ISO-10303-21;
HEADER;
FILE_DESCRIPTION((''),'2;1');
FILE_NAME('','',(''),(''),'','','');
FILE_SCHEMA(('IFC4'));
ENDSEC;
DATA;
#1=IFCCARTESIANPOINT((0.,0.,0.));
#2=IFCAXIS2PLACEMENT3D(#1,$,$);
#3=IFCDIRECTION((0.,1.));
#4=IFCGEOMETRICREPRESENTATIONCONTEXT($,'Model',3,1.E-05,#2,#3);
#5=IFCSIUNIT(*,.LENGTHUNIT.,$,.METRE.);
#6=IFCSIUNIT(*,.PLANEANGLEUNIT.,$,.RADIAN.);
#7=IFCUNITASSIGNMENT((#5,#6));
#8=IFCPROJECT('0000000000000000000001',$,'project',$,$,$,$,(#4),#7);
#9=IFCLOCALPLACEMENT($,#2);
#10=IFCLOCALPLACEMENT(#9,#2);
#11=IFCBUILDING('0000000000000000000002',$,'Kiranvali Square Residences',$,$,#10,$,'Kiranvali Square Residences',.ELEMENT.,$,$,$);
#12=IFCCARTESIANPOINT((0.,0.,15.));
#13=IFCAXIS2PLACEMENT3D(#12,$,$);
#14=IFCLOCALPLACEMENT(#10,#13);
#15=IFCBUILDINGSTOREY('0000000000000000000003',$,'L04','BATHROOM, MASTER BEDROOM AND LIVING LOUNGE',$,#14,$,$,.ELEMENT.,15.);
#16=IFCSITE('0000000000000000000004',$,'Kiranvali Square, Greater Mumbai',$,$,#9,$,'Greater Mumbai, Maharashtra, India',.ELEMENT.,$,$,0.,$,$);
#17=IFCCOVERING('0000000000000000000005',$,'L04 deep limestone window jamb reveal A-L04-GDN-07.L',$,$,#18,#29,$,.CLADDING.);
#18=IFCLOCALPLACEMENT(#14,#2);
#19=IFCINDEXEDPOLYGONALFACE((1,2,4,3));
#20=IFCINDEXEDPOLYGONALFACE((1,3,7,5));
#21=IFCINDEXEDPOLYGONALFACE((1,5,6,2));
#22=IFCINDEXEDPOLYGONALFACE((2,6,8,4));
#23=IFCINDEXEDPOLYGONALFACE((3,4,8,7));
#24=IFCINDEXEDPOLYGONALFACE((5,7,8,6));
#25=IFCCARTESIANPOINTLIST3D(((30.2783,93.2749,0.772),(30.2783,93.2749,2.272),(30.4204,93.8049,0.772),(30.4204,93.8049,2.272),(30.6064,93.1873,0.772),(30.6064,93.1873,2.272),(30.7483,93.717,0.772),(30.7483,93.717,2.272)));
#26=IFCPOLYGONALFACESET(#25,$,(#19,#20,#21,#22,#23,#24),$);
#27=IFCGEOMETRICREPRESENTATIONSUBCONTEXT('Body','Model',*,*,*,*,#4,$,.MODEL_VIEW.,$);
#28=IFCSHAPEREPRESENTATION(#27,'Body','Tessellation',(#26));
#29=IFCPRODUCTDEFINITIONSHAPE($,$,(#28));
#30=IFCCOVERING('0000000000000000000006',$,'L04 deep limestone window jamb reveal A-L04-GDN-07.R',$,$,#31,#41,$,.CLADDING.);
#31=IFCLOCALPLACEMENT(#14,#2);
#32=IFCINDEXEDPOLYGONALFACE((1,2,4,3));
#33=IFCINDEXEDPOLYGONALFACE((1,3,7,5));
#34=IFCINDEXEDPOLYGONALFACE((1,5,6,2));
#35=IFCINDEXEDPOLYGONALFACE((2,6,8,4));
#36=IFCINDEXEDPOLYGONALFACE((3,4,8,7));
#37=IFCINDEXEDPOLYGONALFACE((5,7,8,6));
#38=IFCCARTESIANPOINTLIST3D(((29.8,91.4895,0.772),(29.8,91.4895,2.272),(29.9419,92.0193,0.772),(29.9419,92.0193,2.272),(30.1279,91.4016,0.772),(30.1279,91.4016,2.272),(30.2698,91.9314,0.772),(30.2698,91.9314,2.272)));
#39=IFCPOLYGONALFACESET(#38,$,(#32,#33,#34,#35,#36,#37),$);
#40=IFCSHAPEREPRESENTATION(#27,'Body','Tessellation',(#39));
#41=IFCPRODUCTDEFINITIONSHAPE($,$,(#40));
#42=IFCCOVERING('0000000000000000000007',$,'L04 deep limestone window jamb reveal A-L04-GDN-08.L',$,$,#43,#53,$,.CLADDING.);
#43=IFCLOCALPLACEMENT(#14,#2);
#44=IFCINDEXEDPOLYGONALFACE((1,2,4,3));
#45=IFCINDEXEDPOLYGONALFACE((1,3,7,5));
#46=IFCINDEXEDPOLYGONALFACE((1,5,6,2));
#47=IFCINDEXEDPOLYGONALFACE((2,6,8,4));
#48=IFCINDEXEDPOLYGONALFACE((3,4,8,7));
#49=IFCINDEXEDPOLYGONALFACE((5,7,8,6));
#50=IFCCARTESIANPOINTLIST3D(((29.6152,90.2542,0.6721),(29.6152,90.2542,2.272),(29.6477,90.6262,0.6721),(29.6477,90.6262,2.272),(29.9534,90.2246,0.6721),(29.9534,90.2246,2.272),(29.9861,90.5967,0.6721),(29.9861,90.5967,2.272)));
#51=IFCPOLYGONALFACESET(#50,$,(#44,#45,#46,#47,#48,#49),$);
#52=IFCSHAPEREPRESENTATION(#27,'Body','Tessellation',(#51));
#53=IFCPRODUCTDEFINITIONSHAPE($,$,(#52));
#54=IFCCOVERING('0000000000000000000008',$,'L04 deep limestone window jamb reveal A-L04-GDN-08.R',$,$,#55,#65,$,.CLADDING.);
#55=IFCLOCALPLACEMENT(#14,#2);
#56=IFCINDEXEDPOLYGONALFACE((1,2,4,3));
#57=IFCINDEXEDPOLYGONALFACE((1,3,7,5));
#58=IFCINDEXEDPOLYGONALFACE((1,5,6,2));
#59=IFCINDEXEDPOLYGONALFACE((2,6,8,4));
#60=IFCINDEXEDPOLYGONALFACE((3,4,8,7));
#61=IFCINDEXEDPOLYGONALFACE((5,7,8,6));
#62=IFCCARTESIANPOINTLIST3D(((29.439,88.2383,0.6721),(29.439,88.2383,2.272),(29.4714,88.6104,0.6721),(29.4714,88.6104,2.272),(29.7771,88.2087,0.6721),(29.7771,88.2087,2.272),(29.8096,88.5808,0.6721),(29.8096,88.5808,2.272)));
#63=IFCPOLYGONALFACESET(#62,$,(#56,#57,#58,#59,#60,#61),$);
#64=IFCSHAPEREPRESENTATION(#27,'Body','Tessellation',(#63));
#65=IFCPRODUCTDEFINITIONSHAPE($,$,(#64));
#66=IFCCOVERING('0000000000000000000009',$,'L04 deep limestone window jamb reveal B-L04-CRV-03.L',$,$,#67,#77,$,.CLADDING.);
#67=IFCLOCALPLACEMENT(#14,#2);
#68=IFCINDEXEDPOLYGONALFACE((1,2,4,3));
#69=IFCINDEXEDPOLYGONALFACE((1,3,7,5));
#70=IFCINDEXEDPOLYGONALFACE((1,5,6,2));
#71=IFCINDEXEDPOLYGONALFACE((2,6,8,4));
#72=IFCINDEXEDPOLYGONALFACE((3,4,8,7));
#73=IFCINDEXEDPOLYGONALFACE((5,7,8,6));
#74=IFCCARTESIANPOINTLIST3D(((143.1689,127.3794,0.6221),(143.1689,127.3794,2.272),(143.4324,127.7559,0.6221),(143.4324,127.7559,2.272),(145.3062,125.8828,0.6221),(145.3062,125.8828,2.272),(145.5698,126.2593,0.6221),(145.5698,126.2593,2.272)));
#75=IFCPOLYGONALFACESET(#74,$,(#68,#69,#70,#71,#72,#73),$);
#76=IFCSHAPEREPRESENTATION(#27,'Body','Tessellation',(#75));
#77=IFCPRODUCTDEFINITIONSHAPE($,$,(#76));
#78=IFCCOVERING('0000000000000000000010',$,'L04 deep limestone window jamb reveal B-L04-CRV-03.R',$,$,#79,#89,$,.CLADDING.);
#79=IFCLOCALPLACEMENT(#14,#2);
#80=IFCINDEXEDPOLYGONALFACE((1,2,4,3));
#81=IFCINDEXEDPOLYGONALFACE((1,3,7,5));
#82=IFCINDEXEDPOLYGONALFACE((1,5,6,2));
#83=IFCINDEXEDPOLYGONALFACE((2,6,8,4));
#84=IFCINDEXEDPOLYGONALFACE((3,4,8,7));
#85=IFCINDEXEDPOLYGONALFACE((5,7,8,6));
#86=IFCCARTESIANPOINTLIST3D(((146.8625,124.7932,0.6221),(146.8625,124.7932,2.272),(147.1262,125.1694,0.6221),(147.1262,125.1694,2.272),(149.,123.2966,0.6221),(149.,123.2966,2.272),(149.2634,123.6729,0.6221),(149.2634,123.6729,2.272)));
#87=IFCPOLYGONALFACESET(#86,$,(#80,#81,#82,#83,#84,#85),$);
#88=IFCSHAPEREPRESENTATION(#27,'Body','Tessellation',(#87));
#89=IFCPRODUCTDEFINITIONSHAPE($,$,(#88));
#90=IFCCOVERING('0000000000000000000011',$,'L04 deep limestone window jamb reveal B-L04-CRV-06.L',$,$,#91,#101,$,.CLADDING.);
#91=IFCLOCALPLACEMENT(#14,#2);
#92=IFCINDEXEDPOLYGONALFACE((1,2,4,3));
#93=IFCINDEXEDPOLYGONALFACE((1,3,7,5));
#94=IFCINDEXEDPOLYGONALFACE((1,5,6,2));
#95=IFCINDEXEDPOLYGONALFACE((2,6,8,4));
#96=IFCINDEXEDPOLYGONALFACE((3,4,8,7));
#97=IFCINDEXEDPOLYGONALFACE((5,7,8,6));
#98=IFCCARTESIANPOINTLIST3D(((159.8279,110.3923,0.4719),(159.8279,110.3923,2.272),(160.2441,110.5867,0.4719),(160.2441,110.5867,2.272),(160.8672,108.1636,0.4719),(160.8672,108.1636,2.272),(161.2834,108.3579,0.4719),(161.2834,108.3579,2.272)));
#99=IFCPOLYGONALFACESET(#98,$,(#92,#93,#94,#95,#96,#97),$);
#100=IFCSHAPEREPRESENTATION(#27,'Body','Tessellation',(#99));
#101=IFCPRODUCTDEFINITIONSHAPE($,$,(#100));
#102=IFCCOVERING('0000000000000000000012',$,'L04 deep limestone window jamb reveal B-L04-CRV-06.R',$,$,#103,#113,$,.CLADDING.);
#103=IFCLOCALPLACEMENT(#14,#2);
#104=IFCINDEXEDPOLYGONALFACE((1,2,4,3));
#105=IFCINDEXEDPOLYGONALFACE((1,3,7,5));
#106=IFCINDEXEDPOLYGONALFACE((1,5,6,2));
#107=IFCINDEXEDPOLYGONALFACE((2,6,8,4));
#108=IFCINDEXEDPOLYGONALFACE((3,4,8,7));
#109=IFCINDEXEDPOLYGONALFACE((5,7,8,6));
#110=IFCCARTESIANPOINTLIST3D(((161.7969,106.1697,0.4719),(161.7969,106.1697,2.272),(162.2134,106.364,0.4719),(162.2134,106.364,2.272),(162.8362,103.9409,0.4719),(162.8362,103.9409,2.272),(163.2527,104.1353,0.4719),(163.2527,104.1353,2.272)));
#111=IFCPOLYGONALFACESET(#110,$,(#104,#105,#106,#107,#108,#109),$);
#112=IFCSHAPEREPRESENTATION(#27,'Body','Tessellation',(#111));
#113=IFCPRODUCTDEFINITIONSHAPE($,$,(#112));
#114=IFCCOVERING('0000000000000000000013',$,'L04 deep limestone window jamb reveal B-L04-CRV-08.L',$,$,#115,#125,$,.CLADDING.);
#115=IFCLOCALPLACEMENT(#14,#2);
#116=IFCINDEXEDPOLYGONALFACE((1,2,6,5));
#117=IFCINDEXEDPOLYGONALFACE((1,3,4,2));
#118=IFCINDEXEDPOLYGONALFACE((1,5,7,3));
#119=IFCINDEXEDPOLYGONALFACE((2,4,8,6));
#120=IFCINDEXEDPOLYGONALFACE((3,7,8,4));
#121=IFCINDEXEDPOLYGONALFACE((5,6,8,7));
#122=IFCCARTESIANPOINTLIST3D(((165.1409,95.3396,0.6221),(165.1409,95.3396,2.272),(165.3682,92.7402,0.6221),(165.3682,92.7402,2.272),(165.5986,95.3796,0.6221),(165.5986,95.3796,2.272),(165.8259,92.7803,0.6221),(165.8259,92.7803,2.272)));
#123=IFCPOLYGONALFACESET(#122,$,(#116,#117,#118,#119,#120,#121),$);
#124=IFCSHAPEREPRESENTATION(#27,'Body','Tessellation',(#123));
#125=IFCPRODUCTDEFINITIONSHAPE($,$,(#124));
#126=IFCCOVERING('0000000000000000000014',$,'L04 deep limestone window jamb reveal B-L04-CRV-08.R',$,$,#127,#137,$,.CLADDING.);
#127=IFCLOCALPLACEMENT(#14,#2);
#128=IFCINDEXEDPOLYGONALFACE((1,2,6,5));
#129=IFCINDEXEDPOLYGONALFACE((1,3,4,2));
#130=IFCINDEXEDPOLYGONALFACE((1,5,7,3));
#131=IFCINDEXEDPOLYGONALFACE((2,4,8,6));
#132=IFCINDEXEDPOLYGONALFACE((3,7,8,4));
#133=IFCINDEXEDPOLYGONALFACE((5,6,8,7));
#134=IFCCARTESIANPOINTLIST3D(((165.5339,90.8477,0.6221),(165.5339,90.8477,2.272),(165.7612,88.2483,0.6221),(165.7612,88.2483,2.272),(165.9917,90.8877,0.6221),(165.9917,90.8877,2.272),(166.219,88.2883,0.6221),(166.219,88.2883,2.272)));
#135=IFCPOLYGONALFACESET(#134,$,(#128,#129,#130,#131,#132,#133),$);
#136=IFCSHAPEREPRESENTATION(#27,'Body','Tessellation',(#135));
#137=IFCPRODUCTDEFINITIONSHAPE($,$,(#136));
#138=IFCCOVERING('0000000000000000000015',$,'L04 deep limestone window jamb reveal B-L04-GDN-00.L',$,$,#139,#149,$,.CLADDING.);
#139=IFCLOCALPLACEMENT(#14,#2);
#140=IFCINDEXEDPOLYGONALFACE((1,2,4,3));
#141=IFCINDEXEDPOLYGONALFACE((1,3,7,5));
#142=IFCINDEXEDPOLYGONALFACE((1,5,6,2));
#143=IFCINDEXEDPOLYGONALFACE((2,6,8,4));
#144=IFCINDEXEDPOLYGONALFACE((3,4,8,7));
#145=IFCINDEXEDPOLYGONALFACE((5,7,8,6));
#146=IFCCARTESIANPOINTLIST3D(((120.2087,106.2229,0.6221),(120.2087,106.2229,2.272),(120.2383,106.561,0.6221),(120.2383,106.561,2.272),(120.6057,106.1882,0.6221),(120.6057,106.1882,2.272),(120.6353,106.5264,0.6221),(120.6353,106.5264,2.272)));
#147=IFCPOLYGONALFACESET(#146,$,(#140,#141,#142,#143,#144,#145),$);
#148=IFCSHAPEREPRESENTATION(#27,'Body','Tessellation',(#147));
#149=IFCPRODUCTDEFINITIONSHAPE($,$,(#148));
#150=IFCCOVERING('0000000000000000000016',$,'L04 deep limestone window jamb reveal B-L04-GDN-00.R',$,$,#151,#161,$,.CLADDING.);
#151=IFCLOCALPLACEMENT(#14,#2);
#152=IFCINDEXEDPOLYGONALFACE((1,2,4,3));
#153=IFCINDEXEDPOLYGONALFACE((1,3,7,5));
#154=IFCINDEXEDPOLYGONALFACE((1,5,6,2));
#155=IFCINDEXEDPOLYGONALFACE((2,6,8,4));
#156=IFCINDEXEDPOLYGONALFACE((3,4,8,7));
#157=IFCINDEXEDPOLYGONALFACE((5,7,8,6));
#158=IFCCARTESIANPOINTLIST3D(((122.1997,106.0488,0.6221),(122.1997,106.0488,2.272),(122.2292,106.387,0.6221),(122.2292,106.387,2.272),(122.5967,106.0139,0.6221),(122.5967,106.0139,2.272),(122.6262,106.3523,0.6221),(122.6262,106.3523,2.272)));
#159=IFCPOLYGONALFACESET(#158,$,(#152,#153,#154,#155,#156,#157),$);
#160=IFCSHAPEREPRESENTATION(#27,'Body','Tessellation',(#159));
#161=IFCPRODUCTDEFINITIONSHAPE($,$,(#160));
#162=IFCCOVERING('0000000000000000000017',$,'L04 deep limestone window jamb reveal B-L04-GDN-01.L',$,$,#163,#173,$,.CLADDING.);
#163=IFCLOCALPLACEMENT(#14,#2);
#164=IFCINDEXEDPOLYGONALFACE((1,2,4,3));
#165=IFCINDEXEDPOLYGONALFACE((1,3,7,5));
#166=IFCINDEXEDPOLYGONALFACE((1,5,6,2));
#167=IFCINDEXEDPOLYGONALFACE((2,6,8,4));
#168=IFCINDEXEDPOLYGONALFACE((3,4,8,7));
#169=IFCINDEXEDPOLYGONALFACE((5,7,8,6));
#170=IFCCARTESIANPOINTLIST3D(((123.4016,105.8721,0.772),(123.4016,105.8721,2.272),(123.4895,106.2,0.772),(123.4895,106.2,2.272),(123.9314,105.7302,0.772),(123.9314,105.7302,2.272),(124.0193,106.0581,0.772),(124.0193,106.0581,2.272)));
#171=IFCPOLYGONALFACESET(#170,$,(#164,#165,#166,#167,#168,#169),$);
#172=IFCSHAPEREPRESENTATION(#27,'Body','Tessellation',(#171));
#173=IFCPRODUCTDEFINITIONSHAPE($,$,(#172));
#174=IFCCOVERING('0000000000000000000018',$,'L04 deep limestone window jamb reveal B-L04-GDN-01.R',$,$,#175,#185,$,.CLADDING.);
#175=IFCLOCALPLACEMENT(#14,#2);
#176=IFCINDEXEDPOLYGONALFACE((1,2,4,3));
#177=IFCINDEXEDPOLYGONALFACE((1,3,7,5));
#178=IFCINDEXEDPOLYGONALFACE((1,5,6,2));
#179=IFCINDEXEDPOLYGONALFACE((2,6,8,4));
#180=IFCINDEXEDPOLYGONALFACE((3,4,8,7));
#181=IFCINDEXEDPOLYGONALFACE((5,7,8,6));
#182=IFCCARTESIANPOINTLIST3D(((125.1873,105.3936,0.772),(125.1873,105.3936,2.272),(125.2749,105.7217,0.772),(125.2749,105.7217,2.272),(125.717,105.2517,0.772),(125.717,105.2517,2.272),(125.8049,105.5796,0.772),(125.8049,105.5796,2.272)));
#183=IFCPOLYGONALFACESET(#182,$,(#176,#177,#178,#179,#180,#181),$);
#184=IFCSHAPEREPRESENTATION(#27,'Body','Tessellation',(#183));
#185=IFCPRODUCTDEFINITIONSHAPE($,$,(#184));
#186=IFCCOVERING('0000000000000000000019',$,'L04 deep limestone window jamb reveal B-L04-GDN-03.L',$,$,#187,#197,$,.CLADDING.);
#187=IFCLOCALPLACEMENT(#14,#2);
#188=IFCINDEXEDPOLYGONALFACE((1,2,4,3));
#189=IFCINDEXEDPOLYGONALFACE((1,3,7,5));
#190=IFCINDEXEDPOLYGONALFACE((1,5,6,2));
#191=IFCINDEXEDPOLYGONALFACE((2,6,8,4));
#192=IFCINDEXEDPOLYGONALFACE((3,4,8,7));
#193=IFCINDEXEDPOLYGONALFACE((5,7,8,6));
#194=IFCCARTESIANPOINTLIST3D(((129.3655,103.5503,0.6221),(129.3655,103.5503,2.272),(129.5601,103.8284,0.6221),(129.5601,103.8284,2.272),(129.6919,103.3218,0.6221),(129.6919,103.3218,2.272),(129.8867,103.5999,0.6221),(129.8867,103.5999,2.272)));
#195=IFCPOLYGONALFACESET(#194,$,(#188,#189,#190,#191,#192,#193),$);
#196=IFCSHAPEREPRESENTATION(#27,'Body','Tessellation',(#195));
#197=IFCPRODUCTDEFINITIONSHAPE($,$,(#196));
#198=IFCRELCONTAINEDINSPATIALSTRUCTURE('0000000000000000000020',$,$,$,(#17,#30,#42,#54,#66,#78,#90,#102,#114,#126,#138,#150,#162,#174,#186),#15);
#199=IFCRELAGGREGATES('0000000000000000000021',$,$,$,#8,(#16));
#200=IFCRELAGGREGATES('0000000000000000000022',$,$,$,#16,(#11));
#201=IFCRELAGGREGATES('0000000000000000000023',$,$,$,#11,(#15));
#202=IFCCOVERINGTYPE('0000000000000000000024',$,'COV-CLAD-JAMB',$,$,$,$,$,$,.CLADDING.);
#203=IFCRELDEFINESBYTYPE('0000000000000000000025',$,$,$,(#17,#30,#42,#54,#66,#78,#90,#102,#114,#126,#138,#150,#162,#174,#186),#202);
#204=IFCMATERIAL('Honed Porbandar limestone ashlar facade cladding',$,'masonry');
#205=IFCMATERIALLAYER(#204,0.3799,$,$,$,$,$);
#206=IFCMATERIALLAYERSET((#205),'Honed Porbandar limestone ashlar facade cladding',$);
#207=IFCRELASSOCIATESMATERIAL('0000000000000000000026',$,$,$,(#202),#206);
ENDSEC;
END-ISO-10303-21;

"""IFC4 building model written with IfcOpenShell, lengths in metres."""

from ifc_helpers import new_model, si_unit, direction, frame, origin, place, context, subcontext, project, spatial, polyline, outline, extrude, material, layer, layer_set, type_object, element, save


model = new_model("IFC4")

# Units and contexts
model_context = context("Model", 3, precision=1e-05, world=origin(), true_north=direction((0.0, 1.0)))
body_context = subcontext(model_context, "Body", "Model", "MODEL_VIEW")
ifc_project = project(units=[si_unit("LENGTHUNIT", "METRE"), si_unit("PLANEANGLEUNIT", "RADIAN")], contexts=[model_context])

# Site, building, storey
site_placement = place(None, origin())
site = spatial("IfcSite", under=ifc_project, at=site_placement, Name="Kiranvali Square, Greater Mumbai", LongName="Greater Mumbai, Maharashtra, India", CompositionType="ELEMENT", RefElevation=0.0)
building_placement = place(site_placement, origin())
building = spatial("IfcBuilding", under=site, at=building_placement, Name="Kiranvali Square Residences", LongName="Kiranvali Square Residences", CompositionType="ELEMENT")
storey_placement = place(building_placement, frame((0.0, 0.0, 15.0)))
storey = spatial("IfcBuildingStorey", under=building, at=storey_placement, Name="L04", Description="BATHROOM, MASTER BEDROOM AND LIVING LOUNGE", CompositionType="ELEMENT", Elevation=15.0)

# Coverings
ifc_material = material(Name="Honed Porbandar limestone ashlar facade cladding", Category="masonry")
ifc_layer = layer(ifc_material, 0.3799)
ifc_layer_set = layer_set([ifc_layer], Name="Honed Porbandar limestone ashlar facade cladding")
covering_type = type_object("IfcCoveringType", Name="COV-CLAD-JAMB", PredefinedType="CLADDING", material=ifc_layer_set)
covering_1_placement = place(storey_placement, frame((0.0, 0.0, 0.772)))
element("IfcCovering", 1, at=covering_1_placement, inside=storey, type_object=covering_type, Name="L04 deep limestone window jamb reveal A-L04-GDN-07.L", PredefinedType="CLADDING", context=body_context, shape_type="SweptSolid", body=[
    extrude(outline(polyline([(30.4204, 93.8049), (30.2783, 93.2749), (30.6064, 93.1873), (30.7483, 93.717), (30.4204, 93.8049)])), origin(), (0.0, 0.0, 1.0), 1.5),
])
covering_2_placement = place(storey_placement, frame((0.0, 0.0, 0.772)))
element("IfcCovering", 2, at=covering_2_placement, inside=storey, type_object=covering_type, Name="L04 deep limestone window jamb reveal A-L04-GDN-07.R", PredefinedType="CLADDING", context=body_context, shape_type="SweptSolid", body=[
    extrude(outline(polyline([(29.9419, 92.0193), (29.8, 91.4895), (30.1279, 91.4016), (30.2698, 91.9314), (29.9419, 92.0193)])), origin(), (0.0, 0.0, 1.0), 1.5),
])
covering_3_placement = place(storey_placement, frame((0.0, 0.0, 0.6721)))
element("IfcCovering", 3, at=covering_3_placement, inside=storey, type_object=covering_type, Name="L04 deep limestone window jamb reveal A-L04-GDN-08.L", PredefinedType="CLADDING", context=body_context, shape_type="SweptSolid", body=[
    extrude(outline(polyline([(29.6477, 90.6262), (29.6152, 90.2542), (29.9534, 90.2246), (29.9861, 90.5967), (29.6477, 90.6262)])), origin(), (0.0, 0.0, 1.0), 1.5999),
])
covering_4_placement = place(storey_placement, frame((0.0, 0.0, 0.6721)))
element("IfcCovering", 4, at=covering_4_placement, inside=storey, type_object=covering_type, Name="L04 deep limestone window jamb reveal A-L04-GDN-08.R", PredefinedType="CLADDING", context=body_context, shape_type="SweptSolid", body=[
    extrude(outline(polyline([(29.4714, 88.6104), (29.439, 88.2383), (29.7771, 88.2087), (29.8096, 88.5808), (29.4714, 88.6104)])), origin(), (0.0, 0.0, 1.0), 1.5999),
])
covering_5_placement = place(storey_placement, frame((0.0, 0.0, 0.6221)))
element("IfcCovering", 5, at=covering_5_placement, inside=storey, type_object=covering_type, Name="L04 deep limestone window jamb reveal B-L04-CRV-03.L", PredefinedType="CLADDING", context=body_context, shape_type="SweptSolid", body=[
    extrude(outline(polyline([(143.1689, 127.3794), (145.3062, 125.8828), (145.5698, 126.2593), (143.4324, 127.7559), (143.1689, 127.3794)])), origin(), (0.0, 0.0, 1.0), 1.6499),
])
covering_6_placement = place(storey_placement, frame((0.0, 0.0, 0.6221)))
element("IfcCovering", 6, at=covering_6_placement, inside=storey, type_object=covering_type, Name="L04 deep limestone window jamb reveal B-L04-CRV-03.R", PredefinedType="CLADDING", context=body_context, shape_type="SweptSolid", body=[
    extrude(outline(polyline([(146.8625, 124.7932), (149.0, 123.2966), (149.2634, 123.6729), (147.1262, 125.1694), (146.8625, 124.7932)])), origin(), (0.0, 0.0, 1.0), 1.6499),
])
covering_7_placement = place(storey_placement, frame((0.0, 0.0, 0.4719)))
element("IfcCovering", 7, at=covering_7_placement, inside=storey, type_object=covering_type, Name="L04 deep limestone window jamb reveal B-L04-CRV-06.L", PredefinedType="CLADDING", context=body_context, shape_type="SweptSolid", body=[
    extrude(outline(polyline([(159.8279, 110.3923), (160.8672, 108.1636), (161.2834, 108.3579), (160.2441, 110.5867), (159.8279, 110.3923)])), origin(), (0.0, 0.0, 1.0), 1.8),
])
covering_8_placement = place(storey_placement, frame((0.0, 0.0, 0.4719)))
element("IfcCovering", 8, at=covering_8_placement, inside=storey, type_object=covering_type, Name="L04 deep limestone window jamb reveal B-L04-CRV-06.R", PredefinedType="CLADDING", context=body_context, shape_type="SweptSolid", body=[
    extrude(outline(polyline([(161.7969, 106.1697), (162.8362, 103.9409), (163.2527, 104.1353), (162.2134, 106.364), (161.7969, 106.1697)])), origin(), (0.0, 0.0, 1.0), 1.8),
])
covering_9_placement = place(storey_placement, frame((0.0, 0.0, 0.6221)))
element("IfcCovering", 9, at=covering_9_placement, inside=storey, type_object=covering_type, Name="L04 deep limestone window jamb reveal B-L04-CRV-08.L", PredefinedType="CLADDING", context=body_context, shape_type="SweptSolid", body=[
    extrude(outline(polyline([(165.1409, 95.3396), (165.3682, 92.7402), (165.8259, 92.7803), (165.5986, 95.3796), (165.1409, 95.3396)])), origin(), (0.0, 0.0, 1.0), 1.6499),
])
covering_10_placement = place(storey_placement, frame((0.0, 0.0, 0.6221)))
element("IfcCovering", 10, at=covering_10_placement, inside=storey, type_object=covering_type, Name="L04 deep limestone window jamb reveal B-L04-CRV-08.R", PredefinedType="CLADDING", context=body_context, shape_type="SweptSolid", body=[
    extrude(outline(polyline([(165.5339, 90.8477), (165.7612, 88.2483), (166.219, 88.2883), (165.9917, 90.8877), (165.5339, 90.8477)])), origin(), (0.0, 0.0, 1.0), 1.6499),
])
covering_11_placement = place(storey_placement, frame((0.0, 0.0, 0.6221)))
element("IfcCovering", 11, at=covering_11_placement, inside=storey, type_object=covering_type, Name="L04 deep limestone window jamb reveal B-L04-GDN-00.L", PredefinedType="CLADDING", context=body_context, shape_type="SweptSolid", body=[
    extrude(outline(polyline([(120.2087, 106.2229), (120.6057, 106.1882), (120.6353, 106.5264), (120.2383, 106.561), (120.2087, 106.2229)])), origin(), (0.0, 0.0, 1.0), 1.6499),
])
covering_12_placement = place(storey_placement, frame((0.0, 0.0, 0.6221)))
element("IfcCovering", 12, at=covering_12_placement, inside=storey, type_object=covering_type, Name="L04 deep limestone window jamb reveal B-L04-GDN-00.R", PredefinedType="CLADDING", context=body_context, shape_type="SweptSolid", body=[
    extrude(outline(polyline([(122.1997, 106.0488), (122.5967, 106.0139), (122.6262, 106.3523), (122.2292, 106.387), (122.1997, 106.0488)])), origin(), (0.0, 0.0, 1.0), 1.6499),
])
covering_13_placement = place(storey_placement, frame((0.0, 0.0, 0.772)))
element("IfcCovering", 13, at=covering_13_placement, inside=storey, type_object=covering_type, Name="L04 deep limestone window jamb reveal B-L04-GDN-01.L", PredefinedType="CLADDING", context=body_context, shape_type="SweptSolid", body=[
    extrude(outline(polyline([(123.4016, 105.8721), (123.9314, 105.7302), (124.0193, 106.0581), (123.4895, 106.2), (123.4016, 105.8721)])), origin(), (0.0, 0.0, 1.0), 1.5),
])
covering_14_placement = place(storey_placement, frame((0.0, 0.0, 0.772)))
element("IfcCovering", 14, at=covering_14_placement, inside=storey, type_object=covering_type, Name="L04 deep limestone window jamb reveal B-L04-GDN-01.R", PredefinedType="CLADDING", context=body_context, shape_type="SweptSolid", body=[
    extrude(outline(polyline([(125.1873, 105.3936), (125.717, 105.2517), (125.8049, 105.5796), (125.2749, 105.7217), (125.1873, 105.3936)])), origin(), (0.0, 0.0, 1.0), 1.5),
])
covering_15_placement = place(storey_placement, frame((0.0, 0.0, 0.6221)))
element("IfcCovering", 15, at=covering_15_placement, inside=storey, type_object=covering_type, Name="L04 deep limestone window jamb reveal B-L04-GDN-03.L", PredefinedType="CLADDING", context=body_context, shape_type="SweptSolid", body=[
    extrude(outline(polyline([(129.3655, 103.5503), (129.6919, 103.3218), (129.8867, 103.5999), (129.5601, 103.8284), (129.3655, 103.5503)])), origin(), (0.0, 0.0, 1.0), 1.6499),
])

save(model, "model.ifc")
